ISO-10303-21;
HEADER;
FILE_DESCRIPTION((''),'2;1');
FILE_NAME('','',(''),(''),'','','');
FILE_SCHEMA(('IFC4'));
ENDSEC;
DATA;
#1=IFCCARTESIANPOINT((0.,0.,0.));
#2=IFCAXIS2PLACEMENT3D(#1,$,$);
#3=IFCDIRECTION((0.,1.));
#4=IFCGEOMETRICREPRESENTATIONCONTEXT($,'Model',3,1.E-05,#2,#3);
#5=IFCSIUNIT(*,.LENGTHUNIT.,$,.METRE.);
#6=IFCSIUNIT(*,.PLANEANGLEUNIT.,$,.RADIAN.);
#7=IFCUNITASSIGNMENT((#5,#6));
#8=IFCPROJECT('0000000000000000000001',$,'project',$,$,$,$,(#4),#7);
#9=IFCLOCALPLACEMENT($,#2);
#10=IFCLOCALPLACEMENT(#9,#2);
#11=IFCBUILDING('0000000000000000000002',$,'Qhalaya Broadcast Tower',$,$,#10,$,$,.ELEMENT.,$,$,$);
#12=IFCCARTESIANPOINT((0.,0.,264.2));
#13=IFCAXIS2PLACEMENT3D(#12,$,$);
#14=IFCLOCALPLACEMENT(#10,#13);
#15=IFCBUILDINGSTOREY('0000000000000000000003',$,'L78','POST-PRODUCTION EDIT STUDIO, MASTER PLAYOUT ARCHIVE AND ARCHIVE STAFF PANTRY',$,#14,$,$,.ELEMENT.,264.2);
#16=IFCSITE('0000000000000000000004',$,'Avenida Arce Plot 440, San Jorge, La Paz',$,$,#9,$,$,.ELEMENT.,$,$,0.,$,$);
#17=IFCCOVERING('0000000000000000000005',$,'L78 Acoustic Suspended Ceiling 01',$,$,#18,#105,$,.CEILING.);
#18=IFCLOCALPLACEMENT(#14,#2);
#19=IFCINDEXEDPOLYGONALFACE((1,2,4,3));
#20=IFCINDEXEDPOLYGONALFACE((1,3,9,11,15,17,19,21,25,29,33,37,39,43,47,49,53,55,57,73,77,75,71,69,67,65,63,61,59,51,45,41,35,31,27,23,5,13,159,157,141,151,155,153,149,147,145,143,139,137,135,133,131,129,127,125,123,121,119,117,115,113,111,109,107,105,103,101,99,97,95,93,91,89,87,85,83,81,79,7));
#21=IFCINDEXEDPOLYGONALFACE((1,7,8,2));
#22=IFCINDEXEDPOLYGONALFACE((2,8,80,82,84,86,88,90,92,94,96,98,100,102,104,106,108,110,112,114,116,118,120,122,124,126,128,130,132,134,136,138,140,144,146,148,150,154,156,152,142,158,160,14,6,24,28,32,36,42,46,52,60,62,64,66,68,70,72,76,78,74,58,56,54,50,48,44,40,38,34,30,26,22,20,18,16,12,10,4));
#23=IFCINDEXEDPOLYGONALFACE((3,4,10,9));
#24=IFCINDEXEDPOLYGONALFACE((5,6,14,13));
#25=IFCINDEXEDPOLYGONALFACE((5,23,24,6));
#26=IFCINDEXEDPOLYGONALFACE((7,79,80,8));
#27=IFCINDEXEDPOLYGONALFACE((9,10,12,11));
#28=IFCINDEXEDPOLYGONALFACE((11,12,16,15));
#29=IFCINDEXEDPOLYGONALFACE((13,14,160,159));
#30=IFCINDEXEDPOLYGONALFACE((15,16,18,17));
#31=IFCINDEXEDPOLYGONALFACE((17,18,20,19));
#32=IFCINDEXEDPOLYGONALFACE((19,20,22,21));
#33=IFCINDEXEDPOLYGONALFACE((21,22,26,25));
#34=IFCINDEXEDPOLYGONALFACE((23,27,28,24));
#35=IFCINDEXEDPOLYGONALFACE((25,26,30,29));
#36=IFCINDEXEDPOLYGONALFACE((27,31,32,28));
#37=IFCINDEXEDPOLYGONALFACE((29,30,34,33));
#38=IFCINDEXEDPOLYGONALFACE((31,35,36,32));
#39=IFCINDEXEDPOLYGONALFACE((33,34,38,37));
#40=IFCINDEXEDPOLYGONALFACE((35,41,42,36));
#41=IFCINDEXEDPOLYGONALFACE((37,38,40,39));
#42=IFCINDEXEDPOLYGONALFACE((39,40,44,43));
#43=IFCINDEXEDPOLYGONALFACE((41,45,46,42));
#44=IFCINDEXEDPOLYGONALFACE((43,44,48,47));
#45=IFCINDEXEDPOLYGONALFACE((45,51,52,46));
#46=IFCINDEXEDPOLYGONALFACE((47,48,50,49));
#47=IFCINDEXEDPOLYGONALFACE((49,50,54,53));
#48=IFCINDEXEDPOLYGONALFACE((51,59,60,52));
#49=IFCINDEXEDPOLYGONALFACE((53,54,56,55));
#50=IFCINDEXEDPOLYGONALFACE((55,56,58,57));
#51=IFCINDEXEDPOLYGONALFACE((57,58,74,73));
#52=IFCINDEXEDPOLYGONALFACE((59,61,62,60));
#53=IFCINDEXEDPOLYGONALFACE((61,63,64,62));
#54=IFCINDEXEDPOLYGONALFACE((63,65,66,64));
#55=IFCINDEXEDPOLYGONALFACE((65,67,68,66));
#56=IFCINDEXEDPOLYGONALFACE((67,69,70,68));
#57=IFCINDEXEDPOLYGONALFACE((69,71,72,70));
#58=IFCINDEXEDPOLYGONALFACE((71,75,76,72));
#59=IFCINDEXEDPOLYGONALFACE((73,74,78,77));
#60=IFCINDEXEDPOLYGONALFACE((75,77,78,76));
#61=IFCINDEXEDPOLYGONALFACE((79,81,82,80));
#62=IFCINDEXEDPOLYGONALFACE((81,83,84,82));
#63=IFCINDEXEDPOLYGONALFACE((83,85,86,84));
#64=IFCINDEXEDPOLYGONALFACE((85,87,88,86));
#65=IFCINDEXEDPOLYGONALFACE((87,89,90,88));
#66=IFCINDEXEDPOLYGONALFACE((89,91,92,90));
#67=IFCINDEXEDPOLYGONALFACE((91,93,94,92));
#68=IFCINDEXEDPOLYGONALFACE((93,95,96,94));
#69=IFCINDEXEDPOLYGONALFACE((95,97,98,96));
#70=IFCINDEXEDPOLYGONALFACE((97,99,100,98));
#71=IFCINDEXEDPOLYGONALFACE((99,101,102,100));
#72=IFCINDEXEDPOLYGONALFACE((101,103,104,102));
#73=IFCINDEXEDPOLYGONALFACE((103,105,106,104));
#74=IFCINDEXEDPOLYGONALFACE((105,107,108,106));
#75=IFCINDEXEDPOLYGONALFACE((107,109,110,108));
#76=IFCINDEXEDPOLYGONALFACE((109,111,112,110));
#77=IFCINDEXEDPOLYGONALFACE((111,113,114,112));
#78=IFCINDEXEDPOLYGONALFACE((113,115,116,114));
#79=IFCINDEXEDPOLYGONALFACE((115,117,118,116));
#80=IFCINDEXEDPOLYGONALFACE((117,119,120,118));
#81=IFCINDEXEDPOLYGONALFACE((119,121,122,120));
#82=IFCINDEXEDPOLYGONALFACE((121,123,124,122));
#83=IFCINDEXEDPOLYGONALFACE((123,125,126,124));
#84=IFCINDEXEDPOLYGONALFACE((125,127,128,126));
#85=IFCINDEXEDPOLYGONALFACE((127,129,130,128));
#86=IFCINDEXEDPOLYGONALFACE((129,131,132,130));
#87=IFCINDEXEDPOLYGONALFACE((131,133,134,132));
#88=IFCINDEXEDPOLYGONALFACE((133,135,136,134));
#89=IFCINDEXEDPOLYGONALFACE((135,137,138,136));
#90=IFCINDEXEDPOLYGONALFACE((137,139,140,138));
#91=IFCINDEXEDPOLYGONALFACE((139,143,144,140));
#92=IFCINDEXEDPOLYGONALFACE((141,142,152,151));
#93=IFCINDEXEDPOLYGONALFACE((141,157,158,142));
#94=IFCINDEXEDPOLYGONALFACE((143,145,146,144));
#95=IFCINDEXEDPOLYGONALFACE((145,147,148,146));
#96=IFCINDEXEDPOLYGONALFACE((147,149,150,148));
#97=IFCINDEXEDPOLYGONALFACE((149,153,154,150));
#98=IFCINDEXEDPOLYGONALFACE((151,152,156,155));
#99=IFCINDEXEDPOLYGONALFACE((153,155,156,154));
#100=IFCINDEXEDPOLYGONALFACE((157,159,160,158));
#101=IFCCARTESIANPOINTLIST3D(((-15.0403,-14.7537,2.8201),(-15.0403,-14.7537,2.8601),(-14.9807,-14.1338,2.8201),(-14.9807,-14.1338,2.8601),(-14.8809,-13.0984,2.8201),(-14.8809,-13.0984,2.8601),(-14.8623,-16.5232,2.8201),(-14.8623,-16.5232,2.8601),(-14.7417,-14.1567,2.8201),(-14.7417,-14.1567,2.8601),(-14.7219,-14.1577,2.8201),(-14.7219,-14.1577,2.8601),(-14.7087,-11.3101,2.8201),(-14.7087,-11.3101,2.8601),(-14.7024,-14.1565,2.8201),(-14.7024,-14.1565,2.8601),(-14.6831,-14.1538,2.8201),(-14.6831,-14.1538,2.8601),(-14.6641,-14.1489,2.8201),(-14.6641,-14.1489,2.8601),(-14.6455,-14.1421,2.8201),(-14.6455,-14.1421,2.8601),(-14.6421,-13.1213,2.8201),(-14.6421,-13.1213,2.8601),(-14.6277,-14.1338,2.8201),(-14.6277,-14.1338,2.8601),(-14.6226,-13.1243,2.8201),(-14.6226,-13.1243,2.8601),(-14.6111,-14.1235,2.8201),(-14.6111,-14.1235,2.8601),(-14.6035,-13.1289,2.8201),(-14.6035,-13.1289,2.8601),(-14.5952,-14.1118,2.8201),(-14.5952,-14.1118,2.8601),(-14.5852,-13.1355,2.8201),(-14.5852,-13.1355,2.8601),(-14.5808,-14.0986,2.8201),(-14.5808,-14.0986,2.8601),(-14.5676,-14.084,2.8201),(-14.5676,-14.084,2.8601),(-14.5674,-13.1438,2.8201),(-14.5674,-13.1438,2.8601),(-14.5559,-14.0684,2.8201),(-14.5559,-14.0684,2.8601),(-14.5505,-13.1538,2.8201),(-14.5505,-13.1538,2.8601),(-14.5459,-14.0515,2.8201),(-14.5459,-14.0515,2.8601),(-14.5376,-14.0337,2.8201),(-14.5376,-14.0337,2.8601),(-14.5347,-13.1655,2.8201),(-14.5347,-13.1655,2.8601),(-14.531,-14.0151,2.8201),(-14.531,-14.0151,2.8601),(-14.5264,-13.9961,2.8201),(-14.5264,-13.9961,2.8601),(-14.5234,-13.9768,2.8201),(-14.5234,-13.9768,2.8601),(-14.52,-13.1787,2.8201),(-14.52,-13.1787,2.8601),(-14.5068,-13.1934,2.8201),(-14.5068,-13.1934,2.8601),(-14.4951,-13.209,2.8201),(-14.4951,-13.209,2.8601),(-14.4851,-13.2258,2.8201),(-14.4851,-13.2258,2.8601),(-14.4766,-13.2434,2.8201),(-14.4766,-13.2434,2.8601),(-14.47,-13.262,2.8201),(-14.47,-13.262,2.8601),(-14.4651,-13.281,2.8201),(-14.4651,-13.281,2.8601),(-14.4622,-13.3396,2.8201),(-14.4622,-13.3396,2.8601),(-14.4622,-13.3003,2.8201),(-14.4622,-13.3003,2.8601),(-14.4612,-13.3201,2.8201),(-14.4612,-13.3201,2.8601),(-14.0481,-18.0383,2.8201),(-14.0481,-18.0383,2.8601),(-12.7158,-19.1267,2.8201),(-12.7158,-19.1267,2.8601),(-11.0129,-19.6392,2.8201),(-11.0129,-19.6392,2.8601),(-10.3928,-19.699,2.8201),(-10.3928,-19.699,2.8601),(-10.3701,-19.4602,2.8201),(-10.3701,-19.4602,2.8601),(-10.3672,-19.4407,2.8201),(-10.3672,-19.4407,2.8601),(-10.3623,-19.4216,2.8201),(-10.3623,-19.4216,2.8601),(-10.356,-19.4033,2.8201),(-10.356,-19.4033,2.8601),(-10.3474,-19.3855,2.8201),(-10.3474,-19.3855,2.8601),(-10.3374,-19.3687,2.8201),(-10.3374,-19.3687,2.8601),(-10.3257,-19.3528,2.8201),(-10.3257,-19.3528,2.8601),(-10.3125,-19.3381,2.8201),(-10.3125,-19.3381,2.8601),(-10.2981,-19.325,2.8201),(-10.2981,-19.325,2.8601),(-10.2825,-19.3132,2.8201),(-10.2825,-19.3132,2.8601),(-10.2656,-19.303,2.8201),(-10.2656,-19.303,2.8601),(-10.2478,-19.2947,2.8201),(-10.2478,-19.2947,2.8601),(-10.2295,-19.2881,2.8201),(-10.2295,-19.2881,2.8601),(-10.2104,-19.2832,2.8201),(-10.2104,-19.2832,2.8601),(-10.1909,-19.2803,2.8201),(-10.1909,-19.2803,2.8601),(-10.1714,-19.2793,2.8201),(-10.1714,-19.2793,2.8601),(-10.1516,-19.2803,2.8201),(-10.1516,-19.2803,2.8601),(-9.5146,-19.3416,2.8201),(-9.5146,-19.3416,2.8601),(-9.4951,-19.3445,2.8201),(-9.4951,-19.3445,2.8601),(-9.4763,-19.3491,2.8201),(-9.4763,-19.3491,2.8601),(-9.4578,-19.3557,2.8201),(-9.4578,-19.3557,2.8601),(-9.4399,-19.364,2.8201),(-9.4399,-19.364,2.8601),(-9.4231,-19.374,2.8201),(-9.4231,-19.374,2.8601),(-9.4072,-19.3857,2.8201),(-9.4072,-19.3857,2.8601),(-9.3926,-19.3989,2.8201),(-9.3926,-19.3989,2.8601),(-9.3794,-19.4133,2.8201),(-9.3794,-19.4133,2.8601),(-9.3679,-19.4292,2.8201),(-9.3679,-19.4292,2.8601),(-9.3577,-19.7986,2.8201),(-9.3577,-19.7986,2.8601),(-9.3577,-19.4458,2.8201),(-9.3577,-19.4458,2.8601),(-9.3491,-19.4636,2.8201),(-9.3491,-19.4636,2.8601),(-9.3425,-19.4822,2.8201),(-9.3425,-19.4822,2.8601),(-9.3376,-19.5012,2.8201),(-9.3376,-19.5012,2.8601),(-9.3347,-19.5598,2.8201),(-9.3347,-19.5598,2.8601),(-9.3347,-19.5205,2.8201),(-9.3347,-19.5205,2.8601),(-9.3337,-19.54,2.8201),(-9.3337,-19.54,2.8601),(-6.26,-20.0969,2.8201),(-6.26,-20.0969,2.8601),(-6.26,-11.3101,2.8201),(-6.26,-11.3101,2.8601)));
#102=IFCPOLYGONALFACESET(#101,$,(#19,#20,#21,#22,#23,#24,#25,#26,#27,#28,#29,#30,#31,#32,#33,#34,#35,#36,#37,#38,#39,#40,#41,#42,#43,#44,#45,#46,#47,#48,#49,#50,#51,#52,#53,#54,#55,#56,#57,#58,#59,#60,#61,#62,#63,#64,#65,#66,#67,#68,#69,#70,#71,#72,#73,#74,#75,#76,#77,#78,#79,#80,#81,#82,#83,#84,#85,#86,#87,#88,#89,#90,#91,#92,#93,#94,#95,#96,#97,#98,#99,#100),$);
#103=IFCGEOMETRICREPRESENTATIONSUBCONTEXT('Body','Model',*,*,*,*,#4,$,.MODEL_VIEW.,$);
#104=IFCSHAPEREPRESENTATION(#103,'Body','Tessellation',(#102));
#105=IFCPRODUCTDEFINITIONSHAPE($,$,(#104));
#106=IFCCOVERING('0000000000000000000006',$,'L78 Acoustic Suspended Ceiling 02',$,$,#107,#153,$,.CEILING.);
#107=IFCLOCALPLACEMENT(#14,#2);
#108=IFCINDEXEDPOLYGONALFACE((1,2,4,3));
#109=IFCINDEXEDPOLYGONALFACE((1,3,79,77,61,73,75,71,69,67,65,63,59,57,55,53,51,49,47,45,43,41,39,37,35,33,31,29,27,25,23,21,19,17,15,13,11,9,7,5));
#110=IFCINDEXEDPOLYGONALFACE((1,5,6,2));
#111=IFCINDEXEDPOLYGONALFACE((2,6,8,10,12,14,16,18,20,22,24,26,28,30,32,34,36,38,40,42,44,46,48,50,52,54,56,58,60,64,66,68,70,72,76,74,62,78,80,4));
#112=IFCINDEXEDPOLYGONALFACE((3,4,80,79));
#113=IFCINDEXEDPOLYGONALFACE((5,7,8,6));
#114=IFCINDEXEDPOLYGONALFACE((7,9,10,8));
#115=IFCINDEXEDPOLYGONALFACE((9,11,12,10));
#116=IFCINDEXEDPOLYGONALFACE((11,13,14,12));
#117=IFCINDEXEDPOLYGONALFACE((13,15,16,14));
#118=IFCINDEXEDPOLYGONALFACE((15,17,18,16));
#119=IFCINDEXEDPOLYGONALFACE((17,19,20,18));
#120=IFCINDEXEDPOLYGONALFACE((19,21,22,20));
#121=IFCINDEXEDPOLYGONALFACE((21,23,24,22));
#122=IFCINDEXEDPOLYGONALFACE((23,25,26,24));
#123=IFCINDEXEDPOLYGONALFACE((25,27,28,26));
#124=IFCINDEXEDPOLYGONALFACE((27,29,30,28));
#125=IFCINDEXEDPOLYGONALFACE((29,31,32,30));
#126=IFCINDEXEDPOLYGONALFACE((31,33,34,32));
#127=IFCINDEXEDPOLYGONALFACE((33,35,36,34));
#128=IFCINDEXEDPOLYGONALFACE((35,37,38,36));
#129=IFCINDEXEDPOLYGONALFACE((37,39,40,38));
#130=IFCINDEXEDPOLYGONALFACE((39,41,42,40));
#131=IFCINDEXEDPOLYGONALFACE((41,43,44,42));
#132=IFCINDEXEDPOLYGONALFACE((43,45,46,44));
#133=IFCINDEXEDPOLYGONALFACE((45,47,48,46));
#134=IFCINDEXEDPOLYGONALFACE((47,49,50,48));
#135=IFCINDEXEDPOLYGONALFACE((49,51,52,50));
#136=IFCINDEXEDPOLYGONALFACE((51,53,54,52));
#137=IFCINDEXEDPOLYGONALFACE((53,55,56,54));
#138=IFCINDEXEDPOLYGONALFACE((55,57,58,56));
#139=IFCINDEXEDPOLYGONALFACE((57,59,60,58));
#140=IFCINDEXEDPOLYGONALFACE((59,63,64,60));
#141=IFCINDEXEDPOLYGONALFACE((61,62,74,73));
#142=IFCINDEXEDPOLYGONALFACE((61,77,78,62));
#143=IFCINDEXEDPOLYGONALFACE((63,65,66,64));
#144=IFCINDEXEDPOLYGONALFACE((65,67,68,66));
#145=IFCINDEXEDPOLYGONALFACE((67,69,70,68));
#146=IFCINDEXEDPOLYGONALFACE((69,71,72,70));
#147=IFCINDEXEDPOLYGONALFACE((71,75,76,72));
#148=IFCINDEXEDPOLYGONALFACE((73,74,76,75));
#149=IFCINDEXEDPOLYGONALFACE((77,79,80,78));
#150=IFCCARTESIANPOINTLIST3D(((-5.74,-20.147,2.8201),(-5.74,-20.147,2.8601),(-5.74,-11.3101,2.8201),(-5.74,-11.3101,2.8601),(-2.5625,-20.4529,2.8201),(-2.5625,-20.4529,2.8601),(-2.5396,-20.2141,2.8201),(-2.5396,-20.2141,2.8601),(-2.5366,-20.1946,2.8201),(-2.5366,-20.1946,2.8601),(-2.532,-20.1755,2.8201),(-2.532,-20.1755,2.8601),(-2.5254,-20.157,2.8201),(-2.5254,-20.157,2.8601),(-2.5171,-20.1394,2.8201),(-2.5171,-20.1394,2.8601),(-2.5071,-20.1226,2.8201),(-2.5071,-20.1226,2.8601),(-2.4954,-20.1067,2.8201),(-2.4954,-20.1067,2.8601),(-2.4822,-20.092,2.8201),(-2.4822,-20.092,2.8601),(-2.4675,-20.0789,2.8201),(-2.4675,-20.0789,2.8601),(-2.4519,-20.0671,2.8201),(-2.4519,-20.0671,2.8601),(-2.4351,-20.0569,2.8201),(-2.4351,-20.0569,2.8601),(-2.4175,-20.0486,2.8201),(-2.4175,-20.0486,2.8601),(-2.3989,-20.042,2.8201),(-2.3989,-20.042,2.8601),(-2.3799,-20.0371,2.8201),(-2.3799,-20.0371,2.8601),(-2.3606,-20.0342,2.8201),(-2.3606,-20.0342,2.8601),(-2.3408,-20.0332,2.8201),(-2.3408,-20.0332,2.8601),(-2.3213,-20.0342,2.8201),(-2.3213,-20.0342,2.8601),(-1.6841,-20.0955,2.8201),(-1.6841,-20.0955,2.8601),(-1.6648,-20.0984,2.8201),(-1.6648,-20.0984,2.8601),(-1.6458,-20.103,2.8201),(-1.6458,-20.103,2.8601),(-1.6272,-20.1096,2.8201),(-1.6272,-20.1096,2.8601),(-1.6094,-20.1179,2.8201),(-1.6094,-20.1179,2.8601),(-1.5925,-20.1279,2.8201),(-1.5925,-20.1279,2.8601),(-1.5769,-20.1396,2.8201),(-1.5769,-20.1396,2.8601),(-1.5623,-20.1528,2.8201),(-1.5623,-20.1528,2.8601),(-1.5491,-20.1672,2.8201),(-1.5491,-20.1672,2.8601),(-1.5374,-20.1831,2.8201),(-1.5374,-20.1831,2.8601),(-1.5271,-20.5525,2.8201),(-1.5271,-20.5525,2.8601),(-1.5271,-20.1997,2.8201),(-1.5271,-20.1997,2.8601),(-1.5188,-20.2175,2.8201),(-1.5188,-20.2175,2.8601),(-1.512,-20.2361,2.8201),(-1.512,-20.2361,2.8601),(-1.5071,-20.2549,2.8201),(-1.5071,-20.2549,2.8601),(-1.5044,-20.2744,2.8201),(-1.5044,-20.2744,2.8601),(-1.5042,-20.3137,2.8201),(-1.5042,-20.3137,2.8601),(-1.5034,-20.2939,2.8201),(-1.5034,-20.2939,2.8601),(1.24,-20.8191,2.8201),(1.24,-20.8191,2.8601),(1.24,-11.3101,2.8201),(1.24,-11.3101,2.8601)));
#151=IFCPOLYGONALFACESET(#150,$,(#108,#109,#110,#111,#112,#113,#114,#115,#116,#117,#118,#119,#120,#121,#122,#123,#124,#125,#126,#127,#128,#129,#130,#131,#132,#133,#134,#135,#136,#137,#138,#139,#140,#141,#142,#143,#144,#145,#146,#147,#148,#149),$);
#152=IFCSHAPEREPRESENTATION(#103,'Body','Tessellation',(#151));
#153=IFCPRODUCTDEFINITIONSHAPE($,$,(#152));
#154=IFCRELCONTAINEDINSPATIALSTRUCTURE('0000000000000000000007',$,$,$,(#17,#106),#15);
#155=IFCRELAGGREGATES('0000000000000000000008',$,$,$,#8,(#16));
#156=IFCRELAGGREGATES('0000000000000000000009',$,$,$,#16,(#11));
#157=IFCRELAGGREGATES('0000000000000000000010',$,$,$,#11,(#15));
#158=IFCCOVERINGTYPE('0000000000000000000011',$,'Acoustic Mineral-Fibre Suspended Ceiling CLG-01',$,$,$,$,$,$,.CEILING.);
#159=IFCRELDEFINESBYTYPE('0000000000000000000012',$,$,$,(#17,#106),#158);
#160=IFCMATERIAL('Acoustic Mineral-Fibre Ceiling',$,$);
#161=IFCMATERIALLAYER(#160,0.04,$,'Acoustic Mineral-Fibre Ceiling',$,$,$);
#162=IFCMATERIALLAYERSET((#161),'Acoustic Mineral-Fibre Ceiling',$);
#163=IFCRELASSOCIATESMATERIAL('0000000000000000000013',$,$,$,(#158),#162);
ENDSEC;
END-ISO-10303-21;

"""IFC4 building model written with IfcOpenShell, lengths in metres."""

from ifc_helpers import new_model, si_unit, direction, frame, origin, place, context, subcontext, project, spatial, polyline, outline, extrude, material, layer, layer_set, type_object, element, save


model = new_model("IFC4")

# Units and contexts
model_context = context("Model", 3, precision=1e-05, world=origin(), true_north=direction((0.0, 1.0)))
body_context = subcontext(model_context, "Body", "Model", "MODEL_VIEW")
ifc_project = project(units=[si_unit("LENGTHUNIT", "METRE"), si_unit("PLANEANGLEUNIT", "RADIAN")], contexts=[model_context])

# Site, building, storey
site_placement = place(None, origin())
site = spatial("IfcSite", under=ifc_project, at=site_placement, Name="Avenida Arce Plot 440, San Jorge, La Paz", CompositionType="ELEMENT", RefElevation=0.0)
building_placement = place(site_placement, origin())
building = spatial("IfcBuilding", under=site, at=building_placement, Name="Qhalaya Broadcast Tower", CompositionType="ELEMENT")
storey_placement = place(building_placement, frame((0.0, 0.0, 264.2)))
storey = spatial("IfcBuildingStorey", under=building, at=storey_placement, Name="L78", Description="POST-PRODUCTION EDIT STUDIO, MASTER PLAYOUT ARCHIVE AND ARCHIVE STAFF PANTRY", CompositionType="ELEMENT", Elevation=264.2)

# Coverings
ifc_material_1 = material(Name="Acoustic Mineral-Fibre Ceiling")
ifc_layer_1 = layer(ifc_material_1, 0.04, Name="Acoustic Mineral-Fibre Ceiling")
ifc_layer_set_1 = layer_set([ifc_layer_1], Name="Acoustic Mineral-Fibre Ceiling")
covering_type = type_object("IfcCoveringType", Name="Acoustic Mineral-Fibre Suspended Ceiling CLG-01", PredefinedType="CEILING", material=ifc_layer_set_1)
covering_1_placement = place(storey_placement, frame((0.0, 0.0, 2.8201)))
element("IfcCovering", 1, at=covering_1_placement, inside=storey, type_object=covering_type, Name="L78 Acoustic Suspended Ceiling 01", PredefinedType="CEILING", context=body_context, shape_type="SweptSolid", body=[
    extrude(outline(polyline([(-9.3577, -19.7986), (-6.26, -20.0969), (-6.26, -11.3101), (-14.7087, -11.3101), (-14.8809, -13.0984), (-14.6421, -13.1213), (-14.6226, -13.1243), (-14.6035, -13.1289), (-14.5852, -13.1355), (-14.5674, -13.1438), (-14.5505, -13.1538), (-14.5347, -13.1655), (-14.52, -13.1787), (-14.5068, -13.1934), (-14.4951, -13.209), (-14.4851, -13.2258), (-14.4766, -13.2434), (-14.47, -13.262), (-14.4651, -13.281), (-14.4622, -13.3003), (-14.4612, -13.3201), (-14.4622, -13.3396), (-14.5234, -13.9768), (-14.5264, -13.9961), (-14.531, -14.0151), (-14.5376, -14.0337), (-14.5459, -14.0515), (-14.5559, -14.0684), (-14.5676, -14.084), (-14.5808, -14.0986), (-14.5952, -14.1118), (-14.6111, -14.1235), (-14.6277, -14.1338), (-14.6455, -14.1421), (-14.6641, -14.1489), (-14.6831, -14.1538), (-14.7024, -14.1565), (-14.7219, -14.1577), (-14.7417, -14.1567), (-14.9807, -14.1338), (-15.0403, -14.7537), (-14.8623, -16.5232), (-14.0481, -18.0383), (-12.7158, -19.1267), (-11.0129, -19.6392), (-10.3928, -19.699), (-10.3701, -19.4602), (-10.3672, -19.4407), (-10.3623, -19.4216), (-10.356, -19.4033), (-10.3474, -19.3855), (-10.3374, -19.3687), (-10.3257, -19.3528), (-10.3125, -19.3381), (-10.2981, -19.325), (-10.2825, -19.3132), (-10.2656, -19.303), (-10.2478, -19.2947), (-10.2295, -19.2881), (-10.2104, -19.2832), (-10.1909, -19.2803), (-10.1714, -19.2793), (-10.1516, -19.2803), (-9.5146, -19.3416), (-9.4951, -19.3445), (-9.4763, -19.3491), (-9.4578, -19.3557), (-9.4399, -19.364), (-9.4231, -19.374), (-9.4072, -19.3857), (-9.3926, -19.3989), (-9.3794, -19.4133), (-9.3679, -19.4292), (-9.3577, -19.4458), (-9.3491, -19.4636), (-9.3425, -19.4822), (-9.3376, -19.5012), (-9.3347, -19.5205), (-9.3337, -19.54), (-9.3347, -19.5598), (-9.3577, -19.7986)])), origin(), (0.0, 0.0, 1.0), 0.04),
])
covering_2_placement = place(storey_placement, frame((0.0, 0.0, 2.8201)))
element("IfcCovering", 2, at=covering_2_placement, inside=storey, type_object=covering_type, Name="L78 Acoustic Suspended Ceiling 02", PredefinedType="CEILING", context=body_context, shape_type="SweptSolid", body=[
    extrude(outline(polyline([(1.24, -20.8191), (1.24, -11.3101), (-5.74, -11.3101), (-5.74, -20.147), (-2.5625, -20.4529), (-2.5396, -20.2141), (-2.5366, -20.1946), (-2.532, -20.1755), (-2.5254, -20.157), (-2.5171, -20.1394), (-2.5071, -20.1226), (-2.4954, -20.1067), (-2.4822, -20.092), (-2.4675, -20.0789), (-2.4519, -20.0671), (-2.4351, -20.0569), (-2.4175, -20.0486), (-2.3989, -20.042), (-2.3799, -20.0371), (-2.3606, -20.0342), (-2.3408, -20.0332), (-2.3213, -20.0342), (-1.6841, -20.0955), (-1.6648, -20.0984), (-1.6458, -20.103), (-1.6272, -20.1096), (-1.6094, -20.1179), (-1.5925, -20.1279), (-1.5769, -20.1396), (-1.5623, -20.1528), (-1.5491, -20.1672), (-1.5374, -20.1831), (-1.5271, -20.1997), (-1.5188, -20.2175), (-1.512, -20.2361), (-1.5071, -20.2549), (-1.5044, -20.2744), (-1.5034, -20.2939), (-1.5042, -20.3137), (-1.5271, -20.5525), (1.24, -20.8191)])), origin(), (0.0, 0.0, 1.0), 0.04),
])

save(model, "model.ifc")
